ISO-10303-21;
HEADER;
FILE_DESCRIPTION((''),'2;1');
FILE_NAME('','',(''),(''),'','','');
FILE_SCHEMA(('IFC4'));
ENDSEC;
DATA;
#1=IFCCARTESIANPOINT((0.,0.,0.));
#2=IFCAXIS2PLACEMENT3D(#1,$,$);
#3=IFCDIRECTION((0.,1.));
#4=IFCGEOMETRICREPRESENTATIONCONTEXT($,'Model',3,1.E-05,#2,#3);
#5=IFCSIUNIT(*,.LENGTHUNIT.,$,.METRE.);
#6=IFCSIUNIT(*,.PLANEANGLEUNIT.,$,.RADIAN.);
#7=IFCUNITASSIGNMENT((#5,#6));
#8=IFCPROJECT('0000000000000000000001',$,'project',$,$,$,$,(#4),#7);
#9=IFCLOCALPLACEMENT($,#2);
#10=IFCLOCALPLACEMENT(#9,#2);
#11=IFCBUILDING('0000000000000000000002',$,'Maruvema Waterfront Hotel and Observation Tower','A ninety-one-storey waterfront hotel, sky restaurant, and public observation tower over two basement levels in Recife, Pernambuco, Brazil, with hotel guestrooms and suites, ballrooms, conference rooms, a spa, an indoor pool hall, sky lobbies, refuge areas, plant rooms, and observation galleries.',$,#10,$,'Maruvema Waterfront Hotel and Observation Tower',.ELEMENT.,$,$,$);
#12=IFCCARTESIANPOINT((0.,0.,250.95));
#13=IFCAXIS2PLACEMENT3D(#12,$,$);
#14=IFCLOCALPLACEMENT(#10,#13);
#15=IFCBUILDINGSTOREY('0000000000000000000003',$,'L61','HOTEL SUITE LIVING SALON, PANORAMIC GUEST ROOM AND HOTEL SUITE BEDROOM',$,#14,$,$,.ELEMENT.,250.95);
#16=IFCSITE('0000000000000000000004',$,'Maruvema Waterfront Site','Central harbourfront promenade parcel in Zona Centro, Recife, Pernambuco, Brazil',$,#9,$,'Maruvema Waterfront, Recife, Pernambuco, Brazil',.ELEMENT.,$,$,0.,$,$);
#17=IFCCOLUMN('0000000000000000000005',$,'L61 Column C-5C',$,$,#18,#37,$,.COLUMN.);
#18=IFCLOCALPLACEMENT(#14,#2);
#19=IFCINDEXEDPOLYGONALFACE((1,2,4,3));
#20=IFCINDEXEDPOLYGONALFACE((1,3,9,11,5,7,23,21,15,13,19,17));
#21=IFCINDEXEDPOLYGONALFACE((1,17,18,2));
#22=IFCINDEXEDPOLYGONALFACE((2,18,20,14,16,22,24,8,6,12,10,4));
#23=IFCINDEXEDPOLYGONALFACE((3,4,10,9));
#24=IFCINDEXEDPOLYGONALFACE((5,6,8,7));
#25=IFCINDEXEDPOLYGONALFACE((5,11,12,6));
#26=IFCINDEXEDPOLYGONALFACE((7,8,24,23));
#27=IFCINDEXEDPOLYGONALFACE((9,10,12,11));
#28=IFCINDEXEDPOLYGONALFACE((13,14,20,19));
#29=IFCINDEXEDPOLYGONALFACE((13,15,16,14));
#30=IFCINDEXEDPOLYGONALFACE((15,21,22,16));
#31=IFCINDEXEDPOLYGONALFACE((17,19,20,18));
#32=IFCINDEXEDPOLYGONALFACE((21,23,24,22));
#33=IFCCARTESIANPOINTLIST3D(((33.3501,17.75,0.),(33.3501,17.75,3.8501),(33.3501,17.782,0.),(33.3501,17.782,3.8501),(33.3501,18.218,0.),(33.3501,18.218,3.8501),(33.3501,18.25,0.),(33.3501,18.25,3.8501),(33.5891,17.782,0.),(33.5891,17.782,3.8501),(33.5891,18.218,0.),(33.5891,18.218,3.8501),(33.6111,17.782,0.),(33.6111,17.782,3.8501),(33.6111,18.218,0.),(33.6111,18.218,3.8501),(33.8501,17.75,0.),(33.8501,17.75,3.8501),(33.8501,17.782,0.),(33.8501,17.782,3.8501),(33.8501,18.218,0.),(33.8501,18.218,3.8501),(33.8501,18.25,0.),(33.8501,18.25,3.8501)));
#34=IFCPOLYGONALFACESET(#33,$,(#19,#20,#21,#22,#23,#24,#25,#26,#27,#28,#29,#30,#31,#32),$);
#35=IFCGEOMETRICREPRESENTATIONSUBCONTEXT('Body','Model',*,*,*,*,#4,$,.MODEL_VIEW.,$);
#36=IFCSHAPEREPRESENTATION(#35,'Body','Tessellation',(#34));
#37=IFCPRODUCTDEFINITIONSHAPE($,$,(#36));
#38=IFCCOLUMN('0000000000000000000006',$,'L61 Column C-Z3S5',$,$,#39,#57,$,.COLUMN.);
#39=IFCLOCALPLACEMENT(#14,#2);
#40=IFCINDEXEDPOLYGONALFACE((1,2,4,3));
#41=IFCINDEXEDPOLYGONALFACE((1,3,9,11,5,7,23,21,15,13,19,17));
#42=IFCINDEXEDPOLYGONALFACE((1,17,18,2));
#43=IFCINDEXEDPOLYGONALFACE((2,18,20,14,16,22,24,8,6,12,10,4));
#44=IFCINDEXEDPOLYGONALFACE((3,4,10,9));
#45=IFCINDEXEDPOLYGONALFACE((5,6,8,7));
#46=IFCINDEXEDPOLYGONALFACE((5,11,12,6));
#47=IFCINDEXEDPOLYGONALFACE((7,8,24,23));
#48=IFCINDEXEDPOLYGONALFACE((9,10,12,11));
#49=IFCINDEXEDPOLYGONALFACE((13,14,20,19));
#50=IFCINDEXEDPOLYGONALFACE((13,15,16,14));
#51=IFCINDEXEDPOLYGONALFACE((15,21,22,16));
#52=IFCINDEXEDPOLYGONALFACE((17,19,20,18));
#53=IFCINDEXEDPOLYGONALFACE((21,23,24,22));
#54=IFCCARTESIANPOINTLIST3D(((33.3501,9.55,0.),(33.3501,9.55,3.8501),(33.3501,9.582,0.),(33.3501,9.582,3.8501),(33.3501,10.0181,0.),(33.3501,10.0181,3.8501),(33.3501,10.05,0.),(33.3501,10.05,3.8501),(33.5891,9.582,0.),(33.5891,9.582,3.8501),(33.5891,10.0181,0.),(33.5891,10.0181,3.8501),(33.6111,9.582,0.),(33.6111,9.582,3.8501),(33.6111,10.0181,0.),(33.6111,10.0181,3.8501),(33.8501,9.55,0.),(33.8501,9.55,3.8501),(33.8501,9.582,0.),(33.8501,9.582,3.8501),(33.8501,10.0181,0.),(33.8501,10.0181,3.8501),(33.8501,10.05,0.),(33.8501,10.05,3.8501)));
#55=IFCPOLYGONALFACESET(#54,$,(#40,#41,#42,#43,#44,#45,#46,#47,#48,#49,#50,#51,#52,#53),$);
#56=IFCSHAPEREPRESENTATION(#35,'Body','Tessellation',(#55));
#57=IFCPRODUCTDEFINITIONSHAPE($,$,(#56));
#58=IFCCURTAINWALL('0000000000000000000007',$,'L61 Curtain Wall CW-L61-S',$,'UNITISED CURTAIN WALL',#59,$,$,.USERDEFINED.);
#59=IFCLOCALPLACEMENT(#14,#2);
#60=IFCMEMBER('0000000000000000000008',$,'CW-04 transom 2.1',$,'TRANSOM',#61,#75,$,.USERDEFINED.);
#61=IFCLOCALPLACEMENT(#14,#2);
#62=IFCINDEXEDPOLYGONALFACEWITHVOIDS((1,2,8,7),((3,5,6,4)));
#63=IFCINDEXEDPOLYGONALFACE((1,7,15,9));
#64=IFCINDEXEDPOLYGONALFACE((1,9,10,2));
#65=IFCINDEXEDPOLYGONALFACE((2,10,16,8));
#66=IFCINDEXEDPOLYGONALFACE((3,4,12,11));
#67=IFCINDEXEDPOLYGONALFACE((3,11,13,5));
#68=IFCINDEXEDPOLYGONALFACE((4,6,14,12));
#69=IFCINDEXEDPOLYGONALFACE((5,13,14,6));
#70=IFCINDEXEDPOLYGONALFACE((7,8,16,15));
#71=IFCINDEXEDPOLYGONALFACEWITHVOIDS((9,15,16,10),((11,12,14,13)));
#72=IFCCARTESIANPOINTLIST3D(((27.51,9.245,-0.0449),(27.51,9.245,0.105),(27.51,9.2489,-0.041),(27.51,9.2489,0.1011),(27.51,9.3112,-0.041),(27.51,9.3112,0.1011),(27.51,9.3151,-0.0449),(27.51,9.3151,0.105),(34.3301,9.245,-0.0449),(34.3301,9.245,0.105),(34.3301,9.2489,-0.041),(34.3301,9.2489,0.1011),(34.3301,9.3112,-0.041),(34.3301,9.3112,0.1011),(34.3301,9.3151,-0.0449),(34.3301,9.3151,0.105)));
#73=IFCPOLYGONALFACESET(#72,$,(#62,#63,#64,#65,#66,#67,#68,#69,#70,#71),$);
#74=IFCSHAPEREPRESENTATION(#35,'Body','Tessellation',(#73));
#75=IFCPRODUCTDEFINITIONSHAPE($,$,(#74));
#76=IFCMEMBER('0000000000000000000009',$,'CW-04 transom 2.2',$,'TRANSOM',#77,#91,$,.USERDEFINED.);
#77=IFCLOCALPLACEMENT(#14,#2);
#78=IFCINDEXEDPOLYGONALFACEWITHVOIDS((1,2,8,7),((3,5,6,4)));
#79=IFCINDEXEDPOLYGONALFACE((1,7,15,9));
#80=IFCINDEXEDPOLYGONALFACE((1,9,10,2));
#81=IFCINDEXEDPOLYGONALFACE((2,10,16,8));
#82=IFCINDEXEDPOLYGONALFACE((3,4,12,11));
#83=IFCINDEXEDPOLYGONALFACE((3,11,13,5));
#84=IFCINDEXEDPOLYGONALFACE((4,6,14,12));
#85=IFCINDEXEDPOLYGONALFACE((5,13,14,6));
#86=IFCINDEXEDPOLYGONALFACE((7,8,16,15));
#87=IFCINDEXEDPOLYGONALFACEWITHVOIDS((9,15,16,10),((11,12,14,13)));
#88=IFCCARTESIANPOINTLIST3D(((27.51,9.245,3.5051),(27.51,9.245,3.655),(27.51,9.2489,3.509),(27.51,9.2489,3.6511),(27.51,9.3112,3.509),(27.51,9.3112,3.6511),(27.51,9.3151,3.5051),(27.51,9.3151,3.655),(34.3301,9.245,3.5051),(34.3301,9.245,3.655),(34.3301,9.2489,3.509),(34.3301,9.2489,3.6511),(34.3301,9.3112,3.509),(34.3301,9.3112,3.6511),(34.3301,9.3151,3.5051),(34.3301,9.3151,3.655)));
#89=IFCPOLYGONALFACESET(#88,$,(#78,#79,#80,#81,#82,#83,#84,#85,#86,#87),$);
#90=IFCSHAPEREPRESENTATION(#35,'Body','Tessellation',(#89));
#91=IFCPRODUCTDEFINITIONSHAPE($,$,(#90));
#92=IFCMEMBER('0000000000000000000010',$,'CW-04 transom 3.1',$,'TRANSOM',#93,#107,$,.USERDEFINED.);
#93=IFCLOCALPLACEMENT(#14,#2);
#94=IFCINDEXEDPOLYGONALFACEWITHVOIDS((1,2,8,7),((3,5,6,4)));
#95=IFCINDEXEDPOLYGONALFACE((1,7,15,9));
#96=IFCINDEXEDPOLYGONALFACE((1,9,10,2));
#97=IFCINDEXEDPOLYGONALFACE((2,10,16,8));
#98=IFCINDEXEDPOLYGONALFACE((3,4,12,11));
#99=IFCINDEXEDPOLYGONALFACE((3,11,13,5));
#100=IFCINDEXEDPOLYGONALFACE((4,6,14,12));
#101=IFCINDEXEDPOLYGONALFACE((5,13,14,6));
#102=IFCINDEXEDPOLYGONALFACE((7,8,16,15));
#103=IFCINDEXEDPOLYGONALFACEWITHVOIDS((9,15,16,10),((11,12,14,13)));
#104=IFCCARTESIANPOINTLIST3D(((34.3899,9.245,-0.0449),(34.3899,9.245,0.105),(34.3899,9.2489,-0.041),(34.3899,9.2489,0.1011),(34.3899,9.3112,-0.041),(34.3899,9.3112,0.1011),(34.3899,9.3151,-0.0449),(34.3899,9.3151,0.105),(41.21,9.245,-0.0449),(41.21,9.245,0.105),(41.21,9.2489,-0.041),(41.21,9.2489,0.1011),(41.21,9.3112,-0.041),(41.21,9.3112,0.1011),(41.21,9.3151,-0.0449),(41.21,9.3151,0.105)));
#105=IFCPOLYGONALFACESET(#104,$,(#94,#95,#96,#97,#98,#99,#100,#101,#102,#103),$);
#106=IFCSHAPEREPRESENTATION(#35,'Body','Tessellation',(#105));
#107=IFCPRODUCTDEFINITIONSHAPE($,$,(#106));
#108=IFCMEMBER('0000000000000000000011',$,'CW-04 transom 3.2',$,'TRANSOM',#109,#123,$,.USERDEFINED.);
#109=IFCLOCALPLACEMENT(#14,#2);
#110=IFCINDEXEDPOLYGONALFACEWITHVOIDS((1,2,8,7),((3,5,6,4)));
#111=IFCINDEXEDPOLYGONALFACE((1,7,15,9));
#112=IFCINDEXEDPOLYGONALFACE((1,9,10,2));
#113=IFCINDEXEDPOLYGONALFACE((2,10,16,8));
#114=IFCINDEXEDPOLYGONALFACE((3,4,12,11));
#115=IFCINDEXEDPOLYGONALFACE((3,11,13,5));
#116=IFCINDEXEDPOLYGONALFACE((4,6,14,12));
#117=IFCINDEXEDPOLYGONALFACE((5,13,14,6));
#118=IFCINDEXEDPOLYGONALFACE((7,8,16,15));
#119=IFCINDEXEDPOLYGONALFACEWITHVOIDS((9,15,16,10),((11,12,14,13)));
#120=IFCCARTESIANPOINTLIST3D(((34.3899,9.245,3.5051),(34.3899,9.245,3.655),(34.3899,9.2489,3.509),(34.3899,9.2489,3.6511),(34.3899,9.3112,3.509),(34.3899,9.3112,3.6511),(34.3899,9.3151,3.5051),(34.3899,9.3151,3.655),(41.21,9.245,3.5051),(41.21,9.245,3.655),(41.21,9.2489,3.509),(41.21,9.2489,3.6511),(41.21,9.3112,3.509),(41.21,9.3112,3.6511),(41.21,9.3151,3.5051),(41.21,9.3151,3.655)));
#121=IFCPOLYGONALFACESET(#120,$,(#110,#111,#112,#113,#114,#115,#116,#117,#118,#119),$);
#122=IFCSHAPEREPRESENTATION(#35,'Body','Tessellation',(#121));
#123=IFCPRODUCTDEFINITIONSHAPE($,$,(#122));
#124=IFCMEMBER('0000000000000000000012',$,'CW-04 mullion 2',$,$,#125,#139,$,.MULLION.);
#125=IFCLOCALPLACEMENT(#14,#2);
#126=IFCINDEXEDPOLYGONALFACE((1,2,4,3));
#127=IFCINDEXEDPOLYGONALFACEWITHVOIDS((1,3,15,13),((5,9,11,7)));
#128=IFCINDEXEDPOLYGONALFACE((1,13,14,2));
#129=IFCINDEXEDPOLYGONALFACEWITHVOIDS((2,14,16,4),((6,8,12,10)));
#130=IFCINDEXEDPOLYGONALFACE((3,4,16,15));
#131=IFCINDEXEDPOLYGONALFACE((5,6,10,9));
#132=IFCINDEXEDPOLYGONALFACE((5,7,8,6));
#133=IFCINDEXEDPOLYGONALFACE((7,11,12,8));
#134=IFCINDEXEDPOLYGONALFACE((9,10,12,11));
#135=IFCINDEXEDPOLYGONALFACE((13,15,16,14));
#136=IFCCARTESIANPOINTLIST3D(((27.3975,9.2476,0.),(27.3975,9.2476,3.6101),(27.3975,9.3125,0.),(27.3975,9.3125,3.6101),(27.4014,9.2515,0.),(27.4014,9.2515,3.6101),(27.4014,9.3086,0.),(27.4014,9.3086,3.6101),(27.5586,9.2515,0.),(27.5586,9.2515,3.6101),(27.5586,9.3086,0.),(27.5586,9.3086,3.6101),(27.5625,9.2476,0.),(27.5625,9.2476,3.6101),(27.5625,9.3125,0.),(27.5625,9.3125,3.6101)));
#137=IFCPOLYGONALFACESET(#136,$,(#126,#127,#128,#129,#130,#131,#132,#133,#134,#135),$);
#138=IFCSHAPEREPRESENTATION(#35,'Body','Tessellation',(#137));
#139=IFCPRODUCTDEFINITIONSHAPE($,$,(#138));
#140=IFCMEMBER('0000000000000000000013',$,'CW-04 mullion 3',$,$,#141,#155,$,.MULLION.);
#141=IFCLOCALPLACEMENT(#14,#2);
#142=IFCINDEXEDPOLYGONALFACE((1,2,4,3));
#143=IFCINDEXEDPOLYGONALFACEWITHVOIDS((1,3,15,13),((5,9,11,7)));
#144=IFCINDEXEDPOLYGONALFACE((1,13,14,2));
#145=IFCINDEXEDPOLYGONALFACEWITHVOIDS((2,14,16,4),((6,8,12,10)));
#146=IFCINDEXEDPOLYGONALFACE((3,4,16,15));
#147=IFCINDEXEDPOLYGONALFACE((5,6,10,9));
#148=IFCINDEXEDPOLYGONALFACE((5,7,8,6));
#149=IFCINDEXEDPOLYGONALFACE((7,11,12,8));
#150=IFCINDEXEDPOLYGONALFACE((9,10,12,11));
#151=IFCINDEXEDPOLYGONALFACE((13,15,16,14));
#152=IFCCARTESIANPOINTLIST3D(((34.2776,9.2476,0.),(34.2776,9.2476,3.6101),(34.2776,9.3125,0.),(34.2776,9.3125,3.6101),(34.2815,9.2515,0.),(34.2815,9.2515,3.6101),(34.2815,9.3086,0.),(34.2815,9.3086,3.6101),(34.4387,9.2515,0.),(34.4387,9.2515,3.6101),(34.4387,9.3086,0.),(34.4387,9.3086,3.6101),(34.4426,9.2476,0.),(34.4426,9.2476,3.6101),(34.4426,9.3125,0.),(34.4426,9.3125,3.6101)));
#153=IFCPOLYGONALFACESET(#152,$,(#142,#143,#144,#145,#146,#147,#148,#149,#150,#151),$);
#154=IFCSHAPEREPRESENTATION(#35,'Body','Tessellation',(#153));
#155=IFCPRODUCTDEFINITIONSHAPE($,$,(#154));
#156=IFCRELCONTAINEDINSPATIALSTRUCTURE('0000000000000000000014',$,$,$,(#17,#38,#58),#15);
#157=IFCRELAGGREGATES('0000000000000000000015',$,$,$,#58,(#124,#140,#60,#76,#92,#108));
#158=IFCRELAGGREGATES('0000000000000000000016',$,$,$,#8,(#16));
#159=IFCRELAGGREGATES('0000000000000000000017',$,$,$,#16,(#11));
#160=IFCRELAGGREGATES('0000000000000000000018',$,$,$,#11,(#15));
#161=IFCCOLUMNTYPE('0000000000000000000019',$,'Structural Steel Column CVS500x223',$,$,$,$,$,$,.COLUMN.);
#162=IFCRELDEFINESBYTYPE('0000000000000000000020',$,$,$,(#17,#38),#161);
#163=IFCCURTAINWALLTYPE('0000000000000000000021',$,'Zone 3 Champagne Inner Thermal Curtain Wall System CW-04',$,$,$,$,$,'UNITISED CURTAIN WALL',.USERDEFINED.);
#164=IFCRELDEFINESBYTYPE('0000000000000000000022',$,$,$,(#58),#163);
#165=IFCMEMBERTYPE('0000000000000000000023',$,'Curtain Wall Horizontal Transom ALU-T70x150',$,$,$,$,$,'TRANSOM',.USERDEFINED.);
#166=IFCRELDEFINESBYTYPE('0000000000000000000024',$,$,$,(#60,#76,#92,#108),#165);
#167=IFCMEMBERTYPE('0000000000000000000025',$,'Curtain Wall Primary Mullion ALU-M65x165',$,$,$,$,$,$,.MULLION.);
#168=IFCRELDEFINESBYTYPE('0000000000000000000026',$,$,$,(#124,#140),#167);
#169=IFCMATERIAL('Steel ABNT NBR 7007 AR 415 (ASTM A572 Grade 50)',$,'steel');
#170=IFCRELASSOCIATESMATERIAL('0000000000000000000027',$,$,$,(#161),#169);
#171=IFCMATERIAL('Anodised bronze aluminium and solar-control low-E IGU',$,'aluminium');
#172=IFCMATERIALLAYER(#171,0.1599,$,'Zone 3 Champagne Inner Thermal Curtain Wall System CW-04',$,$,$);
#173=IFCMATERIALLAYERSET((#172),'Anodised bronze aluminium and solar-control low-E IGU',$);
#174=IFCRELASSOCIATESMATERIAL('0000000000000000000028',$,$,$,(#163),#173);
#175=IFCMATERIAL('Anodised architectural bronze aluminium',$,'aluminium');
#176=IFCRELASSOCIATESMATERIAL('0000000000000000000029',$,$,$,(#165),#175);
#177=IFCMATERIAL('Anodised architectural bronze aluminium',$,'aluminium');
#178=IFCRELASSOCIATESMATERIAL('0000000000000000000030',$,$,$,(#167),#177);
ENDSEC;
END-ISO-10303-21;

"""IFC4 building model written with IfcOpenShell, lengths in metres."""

from ifc_helpers import new_model, si_unit, direction, frame, origin, origin_2d, place, context, subcontext, project, spatial, hollow_rectangle, i_section, extrude, material, layer, layer_set, material_profile, profile_set, type_object, element, aggregate, save


model = new_model("IFC4")

# Units and contexts
model_context = context("Model", 3, precision=1e-05, world=origin(), true_north=direction((0.0, 1.0)))
body_context = subcontext(model_context, "Body", "Model", "MODEL_VIEW")
ifc_project = project(units=[si_unit("LENGTHUNIT", "METRE"), si_unit("PLANEANGLEUNIT", "RADIAN")], contexts=[model_context])

# Site, building, storey
site_placement = place(None, origin())
site = spatial("IfcSite", under=ifc_project, at=site_placement, Name="Maruvema Waterfront Site", Description="Central harbourfront promenade parcel in Zona Centro, Recife, Pernambuco, Brazil", LongName="Maruvema Waterfront, Recife, Pernambuco, Brazil", CompositionType="ELEMENT", RefElevation=0.0)
building_placement = place(site_placement, origin())
building = spatial("IfcBuilding", under=site, at=building_placement, Name="Maruvema Waterfront Hotel and Observation Tower", Description="A ninety-one-storey waterfront hotel, sky restaurant, and public observation tower over two basement levels in Recife, Pernambuco, Brazil, with hotel guestrooms and suites, ballrooms, conference rooms, a spa, an indoor pool hall, sky lobbies, refuge areas, plant rooms, and observation galleries.", LongName="Maruvema Waterfront Hotel and Observation Tower", CompositionType="ELEMENT")
storey_placement = place(building_placement, frame((0.0, 0.0, 250.95)))
storey = spatial("IfcBuildingStorey", under=building, at=storey_placement, Name="L61", Description="HOTEL SUITE LIVING SALON, PANORAMIC GUEST ROOM AND HOTEL SUITE BEDROOM", CompositionType="ELEMENT", Elevation=250.95)

# Columns
ifc_material_1 = material(Name="Steel ABNT NBR 7007 AR 415 (ASTM A572 Grade 50)", Category="steel")
ifc_material_profile_1 = material_profile(ifc_material_1, i_section(OverallWidth=0.5, OverallDepth=0.5, WebThickness=0.022, FlangeThickness=0.032, at=origin_2d()), Name="CVS500x223")
ifc_profile_set_1 = profile_set([ifc_material_profile_1], Name="Steel ABNT NBR 7007 AR 415 (ASTM A572 Grade 50)")
column_type = type_object("IfcColumnType", Name="Structural Steel Column CVS500x223", PredefinedType="COLUMN", material=ifc_profile_set_1)
for number, where, z_axis, x_axis, name in (
    (1, (33.6001, 18.0, 0.0), (0.0, 0.0, 1.0), (1.0, 0.0, 0.0), "L61 Column C-5C"),
    (2, (33.6001, 9.8, 0.0), (0.0, 0.0, 1.0), (1.0, 0.0, 0.0), "L61 Column C-Z3S5"),
):
    element("IfcColumn", number, at=place(storey_placement, frame(where, z_axis=z_axis, x_axis=x_axis)), inside=storey, type_object=column_type, Name=name, PredefinedType="COLUMN", context=body_context, shape_type="SweptSolid", body=[
        extrude(i_section(OverallWidth=0.5, OverallDepth=0.5, WebThickness=0.022, FlangeThickness=0.032, at=origin_2d()), origin(), (0.0, 0.0, 1.0), 3.8501),
    ])

# Curtain wall, members
ifc_material_2 = material(Name="Anodised bronze aluminium and solar-control low-E IGU", Category="aluminium")
ifc_layer_1 = layer(ifc_material_2, 0.1599, Name="Zone 3 Champagne Inner Thermal Curtain Wall System CW-04")
ifc_layer_set_1 = layer_set([ifc_layer_1], Name="Anodised bronze aluminium and solar-control low-E IGU")
curtain_wall_type = type_object("IfcCurtainWallType", Name="Zone 3 Champagne Inner Thermal Curtain Wall System CW-04", ElementType="UNITISED CURTAIN WALL", PredefinedType="USERDEFINED", material=ifc_layer_set_1)
curtain_wall_placement = place(storey_placement, origin())
curtain_wall = element("IfcCurtainWall", 3, at=curtain_wall_placement, inside=storey, type_object=curtain_wall_type, Name="L61 Curtain Wall CW-L61-S", ObjectType="UNITISED CURTAIN WALL", PredefinedType="USERDEFINED")
ifc_material_3 = material(Name="Anodised architectural bronze aluminium", Category="aluminium")
ifc_material_profile_2 = material_profile(ifc_material_3, hollow_rectangle(XDim=0.0701, YDim=0.1499, WallThickness=0.0039, at=origin_2d()), Name="ALU-T70x150")
ifc_profile_set_2 = profile_set([ifc_material_profile_2], Name="Anodised architectural bronze aluminium")
member_type_1 = type_object("IfcMemberType", Name="Curtain Wall Horizontal Transom ALU-T70x150", ElementType="TRANSOM", PredefinedType="USERDEFINED", material=ifc_profile_set_2)
member_1_placement = place(storey_placement, frame((27.51, 9.28, 0.03), z_axis=(1.0, 0.0, 0.0), x_axis=(0.0, 1.0, 0.0)))
member_1 = element("IfcMember", 4, at=member_1_placement, type_object=member_type_1, Name="CW-04 transom 2.1", ObjectType="TRANSOM", PredefinedType="USERDEFINED", context=body_context, shape_type="SweptSolid", body=[
    extrude(hollow_rectangle(XDim=0.0701, YDim=0.1499, WallThickness=0.0039, at=origin_2d()), origin(), (0.0, 0.0, 1.0), 6.8201),
])
member_2_placement = place(storey_placement, frame((27.51, 9.28, 3.5801), z_axis=(1.0, 0.0, 0.0), x_axis=(0.0, 1.0, 0.0)))
member_2 = element("IfcMember", 5, at=member_2_placement, type_object=member_type_1, Name="CW-04 transom 2.2", ObjectType="TRANSOM", PredefinedType="USERDEFINED", context=body_context, shape_type="SweptSolid", body=[
    extrude(hollow_rectangle(XDim=0.0701, YDim=0.1499, WallThickness=0.0039, at=origin_2d()), origin(), (0.0, 0.0, 1.0), 6.8201),
])
member_3_placement = place(storey_placement, frame((34.3899, 9.28, 0.03), z_axis=(1.0, 0.0, 0.0), x_axis=(0.0, 1.0, 0.0)))
member_3 = element("IfcMember", 6, at=member_3_placement, type_object=member_type_1, Name="CW-04 transom 3.1", ObjectType="TRANSOM", PredefinedType="USERDEFINED", context=body_context, shape_type="SweptSolid", body=[
    extrude(hollow_rectangle(XDim=0.0701, YDim=0.1499, WallThickness=0.0039, at=origin_2d()), origin(), (0.0, 0.0, 1.0), 6.8201),
])
member_4_placement = place(storey_placement, frame((34.3899, 9.28, 3.5801), z_axis=(1.0, 0.0, 0.0), x_axis=(0.0, 1.0, 0.0)))
member_4 = element("IfcMember", 7, at=member_4_placement, type_object=member_type_1, Name="CW-04 transom 3.2", ObjectType="TRANSOM", PredefinedType="USERDEFINED", context=body_context, shape_type="SweptSolid", body=[
    extrude(hollow_rectangle(XDim=0.0701, YDim=0.1499, WallThickness=0.0039, at=origin_2d()), origin(), (0.0, 0.0, 1.0), 6.8201),
])
ifc_material_4 = material(Name="Anodised architectural bronze aluminium", Category="aluminium")
ifc_material_profile_3 = material_profile(ifc_material_4, hollow_rectangle(XDim=0.0649, YDim=0.165, WallThickness=0.0039, at=origin_2d()), Name="ALU-M65x165")
ifc_profile_set_3 = profile_set([ifc_material_profile_3], Name="Anodised architectural bronze aluminium")
member_type_2 = type_object("IfcMemberType", Name="Curtain Wall Primary Mullion ALU-M65x165", PredefinedType="MULLION", material=ifc_profile_set_3)
member_5_placement = place(storey_placement, frame((27.48, 9.28, 0.0), z_axis=(0.0, 0.0, 1.0), x_axis=(0.0, 1.0, 0.0)))
member_5 = element("IfcMember", 8, at=member_5_placement, type_object=member_type_2, Name="CW-04 mullion 2", PredefinedType="MULLION", context=body_context, shape_type="SweptSolid", body=[
    extrude(hollow_rectangle(XDim=0.0649, YDim=0.165, WallThickness=0.0039, at=origin_2d()), origin(), (0.0, 0.0, 1.0), 3.6101),
])
member_6_placement = place(storey_placement, frame((34.3601, 9.28, 0.0), z_axis=(0.0, 0.0, 1.0), x_axis=(0.0, 1.0, 0.0)))
member_6 = element("IfcMember", 9, at=member_6_placement, type_object=member_type_2, Name="CW-04 mullion 3", PredefinedType="MULLION", context=body_context, shape_type="SweptSolid", body=[
    extrude(hollow_rectangle(XDim=0.0649, YDim=0.165, WallThickness=0.0039, at=origin_2d()), origin(), (0.0, 0.0, 1.0), 3.6101),
])

aggregate(curtain_wall, [member_5, member_6, member_1, member_2, member_3, member_4])

save(model, "model.ifc")
